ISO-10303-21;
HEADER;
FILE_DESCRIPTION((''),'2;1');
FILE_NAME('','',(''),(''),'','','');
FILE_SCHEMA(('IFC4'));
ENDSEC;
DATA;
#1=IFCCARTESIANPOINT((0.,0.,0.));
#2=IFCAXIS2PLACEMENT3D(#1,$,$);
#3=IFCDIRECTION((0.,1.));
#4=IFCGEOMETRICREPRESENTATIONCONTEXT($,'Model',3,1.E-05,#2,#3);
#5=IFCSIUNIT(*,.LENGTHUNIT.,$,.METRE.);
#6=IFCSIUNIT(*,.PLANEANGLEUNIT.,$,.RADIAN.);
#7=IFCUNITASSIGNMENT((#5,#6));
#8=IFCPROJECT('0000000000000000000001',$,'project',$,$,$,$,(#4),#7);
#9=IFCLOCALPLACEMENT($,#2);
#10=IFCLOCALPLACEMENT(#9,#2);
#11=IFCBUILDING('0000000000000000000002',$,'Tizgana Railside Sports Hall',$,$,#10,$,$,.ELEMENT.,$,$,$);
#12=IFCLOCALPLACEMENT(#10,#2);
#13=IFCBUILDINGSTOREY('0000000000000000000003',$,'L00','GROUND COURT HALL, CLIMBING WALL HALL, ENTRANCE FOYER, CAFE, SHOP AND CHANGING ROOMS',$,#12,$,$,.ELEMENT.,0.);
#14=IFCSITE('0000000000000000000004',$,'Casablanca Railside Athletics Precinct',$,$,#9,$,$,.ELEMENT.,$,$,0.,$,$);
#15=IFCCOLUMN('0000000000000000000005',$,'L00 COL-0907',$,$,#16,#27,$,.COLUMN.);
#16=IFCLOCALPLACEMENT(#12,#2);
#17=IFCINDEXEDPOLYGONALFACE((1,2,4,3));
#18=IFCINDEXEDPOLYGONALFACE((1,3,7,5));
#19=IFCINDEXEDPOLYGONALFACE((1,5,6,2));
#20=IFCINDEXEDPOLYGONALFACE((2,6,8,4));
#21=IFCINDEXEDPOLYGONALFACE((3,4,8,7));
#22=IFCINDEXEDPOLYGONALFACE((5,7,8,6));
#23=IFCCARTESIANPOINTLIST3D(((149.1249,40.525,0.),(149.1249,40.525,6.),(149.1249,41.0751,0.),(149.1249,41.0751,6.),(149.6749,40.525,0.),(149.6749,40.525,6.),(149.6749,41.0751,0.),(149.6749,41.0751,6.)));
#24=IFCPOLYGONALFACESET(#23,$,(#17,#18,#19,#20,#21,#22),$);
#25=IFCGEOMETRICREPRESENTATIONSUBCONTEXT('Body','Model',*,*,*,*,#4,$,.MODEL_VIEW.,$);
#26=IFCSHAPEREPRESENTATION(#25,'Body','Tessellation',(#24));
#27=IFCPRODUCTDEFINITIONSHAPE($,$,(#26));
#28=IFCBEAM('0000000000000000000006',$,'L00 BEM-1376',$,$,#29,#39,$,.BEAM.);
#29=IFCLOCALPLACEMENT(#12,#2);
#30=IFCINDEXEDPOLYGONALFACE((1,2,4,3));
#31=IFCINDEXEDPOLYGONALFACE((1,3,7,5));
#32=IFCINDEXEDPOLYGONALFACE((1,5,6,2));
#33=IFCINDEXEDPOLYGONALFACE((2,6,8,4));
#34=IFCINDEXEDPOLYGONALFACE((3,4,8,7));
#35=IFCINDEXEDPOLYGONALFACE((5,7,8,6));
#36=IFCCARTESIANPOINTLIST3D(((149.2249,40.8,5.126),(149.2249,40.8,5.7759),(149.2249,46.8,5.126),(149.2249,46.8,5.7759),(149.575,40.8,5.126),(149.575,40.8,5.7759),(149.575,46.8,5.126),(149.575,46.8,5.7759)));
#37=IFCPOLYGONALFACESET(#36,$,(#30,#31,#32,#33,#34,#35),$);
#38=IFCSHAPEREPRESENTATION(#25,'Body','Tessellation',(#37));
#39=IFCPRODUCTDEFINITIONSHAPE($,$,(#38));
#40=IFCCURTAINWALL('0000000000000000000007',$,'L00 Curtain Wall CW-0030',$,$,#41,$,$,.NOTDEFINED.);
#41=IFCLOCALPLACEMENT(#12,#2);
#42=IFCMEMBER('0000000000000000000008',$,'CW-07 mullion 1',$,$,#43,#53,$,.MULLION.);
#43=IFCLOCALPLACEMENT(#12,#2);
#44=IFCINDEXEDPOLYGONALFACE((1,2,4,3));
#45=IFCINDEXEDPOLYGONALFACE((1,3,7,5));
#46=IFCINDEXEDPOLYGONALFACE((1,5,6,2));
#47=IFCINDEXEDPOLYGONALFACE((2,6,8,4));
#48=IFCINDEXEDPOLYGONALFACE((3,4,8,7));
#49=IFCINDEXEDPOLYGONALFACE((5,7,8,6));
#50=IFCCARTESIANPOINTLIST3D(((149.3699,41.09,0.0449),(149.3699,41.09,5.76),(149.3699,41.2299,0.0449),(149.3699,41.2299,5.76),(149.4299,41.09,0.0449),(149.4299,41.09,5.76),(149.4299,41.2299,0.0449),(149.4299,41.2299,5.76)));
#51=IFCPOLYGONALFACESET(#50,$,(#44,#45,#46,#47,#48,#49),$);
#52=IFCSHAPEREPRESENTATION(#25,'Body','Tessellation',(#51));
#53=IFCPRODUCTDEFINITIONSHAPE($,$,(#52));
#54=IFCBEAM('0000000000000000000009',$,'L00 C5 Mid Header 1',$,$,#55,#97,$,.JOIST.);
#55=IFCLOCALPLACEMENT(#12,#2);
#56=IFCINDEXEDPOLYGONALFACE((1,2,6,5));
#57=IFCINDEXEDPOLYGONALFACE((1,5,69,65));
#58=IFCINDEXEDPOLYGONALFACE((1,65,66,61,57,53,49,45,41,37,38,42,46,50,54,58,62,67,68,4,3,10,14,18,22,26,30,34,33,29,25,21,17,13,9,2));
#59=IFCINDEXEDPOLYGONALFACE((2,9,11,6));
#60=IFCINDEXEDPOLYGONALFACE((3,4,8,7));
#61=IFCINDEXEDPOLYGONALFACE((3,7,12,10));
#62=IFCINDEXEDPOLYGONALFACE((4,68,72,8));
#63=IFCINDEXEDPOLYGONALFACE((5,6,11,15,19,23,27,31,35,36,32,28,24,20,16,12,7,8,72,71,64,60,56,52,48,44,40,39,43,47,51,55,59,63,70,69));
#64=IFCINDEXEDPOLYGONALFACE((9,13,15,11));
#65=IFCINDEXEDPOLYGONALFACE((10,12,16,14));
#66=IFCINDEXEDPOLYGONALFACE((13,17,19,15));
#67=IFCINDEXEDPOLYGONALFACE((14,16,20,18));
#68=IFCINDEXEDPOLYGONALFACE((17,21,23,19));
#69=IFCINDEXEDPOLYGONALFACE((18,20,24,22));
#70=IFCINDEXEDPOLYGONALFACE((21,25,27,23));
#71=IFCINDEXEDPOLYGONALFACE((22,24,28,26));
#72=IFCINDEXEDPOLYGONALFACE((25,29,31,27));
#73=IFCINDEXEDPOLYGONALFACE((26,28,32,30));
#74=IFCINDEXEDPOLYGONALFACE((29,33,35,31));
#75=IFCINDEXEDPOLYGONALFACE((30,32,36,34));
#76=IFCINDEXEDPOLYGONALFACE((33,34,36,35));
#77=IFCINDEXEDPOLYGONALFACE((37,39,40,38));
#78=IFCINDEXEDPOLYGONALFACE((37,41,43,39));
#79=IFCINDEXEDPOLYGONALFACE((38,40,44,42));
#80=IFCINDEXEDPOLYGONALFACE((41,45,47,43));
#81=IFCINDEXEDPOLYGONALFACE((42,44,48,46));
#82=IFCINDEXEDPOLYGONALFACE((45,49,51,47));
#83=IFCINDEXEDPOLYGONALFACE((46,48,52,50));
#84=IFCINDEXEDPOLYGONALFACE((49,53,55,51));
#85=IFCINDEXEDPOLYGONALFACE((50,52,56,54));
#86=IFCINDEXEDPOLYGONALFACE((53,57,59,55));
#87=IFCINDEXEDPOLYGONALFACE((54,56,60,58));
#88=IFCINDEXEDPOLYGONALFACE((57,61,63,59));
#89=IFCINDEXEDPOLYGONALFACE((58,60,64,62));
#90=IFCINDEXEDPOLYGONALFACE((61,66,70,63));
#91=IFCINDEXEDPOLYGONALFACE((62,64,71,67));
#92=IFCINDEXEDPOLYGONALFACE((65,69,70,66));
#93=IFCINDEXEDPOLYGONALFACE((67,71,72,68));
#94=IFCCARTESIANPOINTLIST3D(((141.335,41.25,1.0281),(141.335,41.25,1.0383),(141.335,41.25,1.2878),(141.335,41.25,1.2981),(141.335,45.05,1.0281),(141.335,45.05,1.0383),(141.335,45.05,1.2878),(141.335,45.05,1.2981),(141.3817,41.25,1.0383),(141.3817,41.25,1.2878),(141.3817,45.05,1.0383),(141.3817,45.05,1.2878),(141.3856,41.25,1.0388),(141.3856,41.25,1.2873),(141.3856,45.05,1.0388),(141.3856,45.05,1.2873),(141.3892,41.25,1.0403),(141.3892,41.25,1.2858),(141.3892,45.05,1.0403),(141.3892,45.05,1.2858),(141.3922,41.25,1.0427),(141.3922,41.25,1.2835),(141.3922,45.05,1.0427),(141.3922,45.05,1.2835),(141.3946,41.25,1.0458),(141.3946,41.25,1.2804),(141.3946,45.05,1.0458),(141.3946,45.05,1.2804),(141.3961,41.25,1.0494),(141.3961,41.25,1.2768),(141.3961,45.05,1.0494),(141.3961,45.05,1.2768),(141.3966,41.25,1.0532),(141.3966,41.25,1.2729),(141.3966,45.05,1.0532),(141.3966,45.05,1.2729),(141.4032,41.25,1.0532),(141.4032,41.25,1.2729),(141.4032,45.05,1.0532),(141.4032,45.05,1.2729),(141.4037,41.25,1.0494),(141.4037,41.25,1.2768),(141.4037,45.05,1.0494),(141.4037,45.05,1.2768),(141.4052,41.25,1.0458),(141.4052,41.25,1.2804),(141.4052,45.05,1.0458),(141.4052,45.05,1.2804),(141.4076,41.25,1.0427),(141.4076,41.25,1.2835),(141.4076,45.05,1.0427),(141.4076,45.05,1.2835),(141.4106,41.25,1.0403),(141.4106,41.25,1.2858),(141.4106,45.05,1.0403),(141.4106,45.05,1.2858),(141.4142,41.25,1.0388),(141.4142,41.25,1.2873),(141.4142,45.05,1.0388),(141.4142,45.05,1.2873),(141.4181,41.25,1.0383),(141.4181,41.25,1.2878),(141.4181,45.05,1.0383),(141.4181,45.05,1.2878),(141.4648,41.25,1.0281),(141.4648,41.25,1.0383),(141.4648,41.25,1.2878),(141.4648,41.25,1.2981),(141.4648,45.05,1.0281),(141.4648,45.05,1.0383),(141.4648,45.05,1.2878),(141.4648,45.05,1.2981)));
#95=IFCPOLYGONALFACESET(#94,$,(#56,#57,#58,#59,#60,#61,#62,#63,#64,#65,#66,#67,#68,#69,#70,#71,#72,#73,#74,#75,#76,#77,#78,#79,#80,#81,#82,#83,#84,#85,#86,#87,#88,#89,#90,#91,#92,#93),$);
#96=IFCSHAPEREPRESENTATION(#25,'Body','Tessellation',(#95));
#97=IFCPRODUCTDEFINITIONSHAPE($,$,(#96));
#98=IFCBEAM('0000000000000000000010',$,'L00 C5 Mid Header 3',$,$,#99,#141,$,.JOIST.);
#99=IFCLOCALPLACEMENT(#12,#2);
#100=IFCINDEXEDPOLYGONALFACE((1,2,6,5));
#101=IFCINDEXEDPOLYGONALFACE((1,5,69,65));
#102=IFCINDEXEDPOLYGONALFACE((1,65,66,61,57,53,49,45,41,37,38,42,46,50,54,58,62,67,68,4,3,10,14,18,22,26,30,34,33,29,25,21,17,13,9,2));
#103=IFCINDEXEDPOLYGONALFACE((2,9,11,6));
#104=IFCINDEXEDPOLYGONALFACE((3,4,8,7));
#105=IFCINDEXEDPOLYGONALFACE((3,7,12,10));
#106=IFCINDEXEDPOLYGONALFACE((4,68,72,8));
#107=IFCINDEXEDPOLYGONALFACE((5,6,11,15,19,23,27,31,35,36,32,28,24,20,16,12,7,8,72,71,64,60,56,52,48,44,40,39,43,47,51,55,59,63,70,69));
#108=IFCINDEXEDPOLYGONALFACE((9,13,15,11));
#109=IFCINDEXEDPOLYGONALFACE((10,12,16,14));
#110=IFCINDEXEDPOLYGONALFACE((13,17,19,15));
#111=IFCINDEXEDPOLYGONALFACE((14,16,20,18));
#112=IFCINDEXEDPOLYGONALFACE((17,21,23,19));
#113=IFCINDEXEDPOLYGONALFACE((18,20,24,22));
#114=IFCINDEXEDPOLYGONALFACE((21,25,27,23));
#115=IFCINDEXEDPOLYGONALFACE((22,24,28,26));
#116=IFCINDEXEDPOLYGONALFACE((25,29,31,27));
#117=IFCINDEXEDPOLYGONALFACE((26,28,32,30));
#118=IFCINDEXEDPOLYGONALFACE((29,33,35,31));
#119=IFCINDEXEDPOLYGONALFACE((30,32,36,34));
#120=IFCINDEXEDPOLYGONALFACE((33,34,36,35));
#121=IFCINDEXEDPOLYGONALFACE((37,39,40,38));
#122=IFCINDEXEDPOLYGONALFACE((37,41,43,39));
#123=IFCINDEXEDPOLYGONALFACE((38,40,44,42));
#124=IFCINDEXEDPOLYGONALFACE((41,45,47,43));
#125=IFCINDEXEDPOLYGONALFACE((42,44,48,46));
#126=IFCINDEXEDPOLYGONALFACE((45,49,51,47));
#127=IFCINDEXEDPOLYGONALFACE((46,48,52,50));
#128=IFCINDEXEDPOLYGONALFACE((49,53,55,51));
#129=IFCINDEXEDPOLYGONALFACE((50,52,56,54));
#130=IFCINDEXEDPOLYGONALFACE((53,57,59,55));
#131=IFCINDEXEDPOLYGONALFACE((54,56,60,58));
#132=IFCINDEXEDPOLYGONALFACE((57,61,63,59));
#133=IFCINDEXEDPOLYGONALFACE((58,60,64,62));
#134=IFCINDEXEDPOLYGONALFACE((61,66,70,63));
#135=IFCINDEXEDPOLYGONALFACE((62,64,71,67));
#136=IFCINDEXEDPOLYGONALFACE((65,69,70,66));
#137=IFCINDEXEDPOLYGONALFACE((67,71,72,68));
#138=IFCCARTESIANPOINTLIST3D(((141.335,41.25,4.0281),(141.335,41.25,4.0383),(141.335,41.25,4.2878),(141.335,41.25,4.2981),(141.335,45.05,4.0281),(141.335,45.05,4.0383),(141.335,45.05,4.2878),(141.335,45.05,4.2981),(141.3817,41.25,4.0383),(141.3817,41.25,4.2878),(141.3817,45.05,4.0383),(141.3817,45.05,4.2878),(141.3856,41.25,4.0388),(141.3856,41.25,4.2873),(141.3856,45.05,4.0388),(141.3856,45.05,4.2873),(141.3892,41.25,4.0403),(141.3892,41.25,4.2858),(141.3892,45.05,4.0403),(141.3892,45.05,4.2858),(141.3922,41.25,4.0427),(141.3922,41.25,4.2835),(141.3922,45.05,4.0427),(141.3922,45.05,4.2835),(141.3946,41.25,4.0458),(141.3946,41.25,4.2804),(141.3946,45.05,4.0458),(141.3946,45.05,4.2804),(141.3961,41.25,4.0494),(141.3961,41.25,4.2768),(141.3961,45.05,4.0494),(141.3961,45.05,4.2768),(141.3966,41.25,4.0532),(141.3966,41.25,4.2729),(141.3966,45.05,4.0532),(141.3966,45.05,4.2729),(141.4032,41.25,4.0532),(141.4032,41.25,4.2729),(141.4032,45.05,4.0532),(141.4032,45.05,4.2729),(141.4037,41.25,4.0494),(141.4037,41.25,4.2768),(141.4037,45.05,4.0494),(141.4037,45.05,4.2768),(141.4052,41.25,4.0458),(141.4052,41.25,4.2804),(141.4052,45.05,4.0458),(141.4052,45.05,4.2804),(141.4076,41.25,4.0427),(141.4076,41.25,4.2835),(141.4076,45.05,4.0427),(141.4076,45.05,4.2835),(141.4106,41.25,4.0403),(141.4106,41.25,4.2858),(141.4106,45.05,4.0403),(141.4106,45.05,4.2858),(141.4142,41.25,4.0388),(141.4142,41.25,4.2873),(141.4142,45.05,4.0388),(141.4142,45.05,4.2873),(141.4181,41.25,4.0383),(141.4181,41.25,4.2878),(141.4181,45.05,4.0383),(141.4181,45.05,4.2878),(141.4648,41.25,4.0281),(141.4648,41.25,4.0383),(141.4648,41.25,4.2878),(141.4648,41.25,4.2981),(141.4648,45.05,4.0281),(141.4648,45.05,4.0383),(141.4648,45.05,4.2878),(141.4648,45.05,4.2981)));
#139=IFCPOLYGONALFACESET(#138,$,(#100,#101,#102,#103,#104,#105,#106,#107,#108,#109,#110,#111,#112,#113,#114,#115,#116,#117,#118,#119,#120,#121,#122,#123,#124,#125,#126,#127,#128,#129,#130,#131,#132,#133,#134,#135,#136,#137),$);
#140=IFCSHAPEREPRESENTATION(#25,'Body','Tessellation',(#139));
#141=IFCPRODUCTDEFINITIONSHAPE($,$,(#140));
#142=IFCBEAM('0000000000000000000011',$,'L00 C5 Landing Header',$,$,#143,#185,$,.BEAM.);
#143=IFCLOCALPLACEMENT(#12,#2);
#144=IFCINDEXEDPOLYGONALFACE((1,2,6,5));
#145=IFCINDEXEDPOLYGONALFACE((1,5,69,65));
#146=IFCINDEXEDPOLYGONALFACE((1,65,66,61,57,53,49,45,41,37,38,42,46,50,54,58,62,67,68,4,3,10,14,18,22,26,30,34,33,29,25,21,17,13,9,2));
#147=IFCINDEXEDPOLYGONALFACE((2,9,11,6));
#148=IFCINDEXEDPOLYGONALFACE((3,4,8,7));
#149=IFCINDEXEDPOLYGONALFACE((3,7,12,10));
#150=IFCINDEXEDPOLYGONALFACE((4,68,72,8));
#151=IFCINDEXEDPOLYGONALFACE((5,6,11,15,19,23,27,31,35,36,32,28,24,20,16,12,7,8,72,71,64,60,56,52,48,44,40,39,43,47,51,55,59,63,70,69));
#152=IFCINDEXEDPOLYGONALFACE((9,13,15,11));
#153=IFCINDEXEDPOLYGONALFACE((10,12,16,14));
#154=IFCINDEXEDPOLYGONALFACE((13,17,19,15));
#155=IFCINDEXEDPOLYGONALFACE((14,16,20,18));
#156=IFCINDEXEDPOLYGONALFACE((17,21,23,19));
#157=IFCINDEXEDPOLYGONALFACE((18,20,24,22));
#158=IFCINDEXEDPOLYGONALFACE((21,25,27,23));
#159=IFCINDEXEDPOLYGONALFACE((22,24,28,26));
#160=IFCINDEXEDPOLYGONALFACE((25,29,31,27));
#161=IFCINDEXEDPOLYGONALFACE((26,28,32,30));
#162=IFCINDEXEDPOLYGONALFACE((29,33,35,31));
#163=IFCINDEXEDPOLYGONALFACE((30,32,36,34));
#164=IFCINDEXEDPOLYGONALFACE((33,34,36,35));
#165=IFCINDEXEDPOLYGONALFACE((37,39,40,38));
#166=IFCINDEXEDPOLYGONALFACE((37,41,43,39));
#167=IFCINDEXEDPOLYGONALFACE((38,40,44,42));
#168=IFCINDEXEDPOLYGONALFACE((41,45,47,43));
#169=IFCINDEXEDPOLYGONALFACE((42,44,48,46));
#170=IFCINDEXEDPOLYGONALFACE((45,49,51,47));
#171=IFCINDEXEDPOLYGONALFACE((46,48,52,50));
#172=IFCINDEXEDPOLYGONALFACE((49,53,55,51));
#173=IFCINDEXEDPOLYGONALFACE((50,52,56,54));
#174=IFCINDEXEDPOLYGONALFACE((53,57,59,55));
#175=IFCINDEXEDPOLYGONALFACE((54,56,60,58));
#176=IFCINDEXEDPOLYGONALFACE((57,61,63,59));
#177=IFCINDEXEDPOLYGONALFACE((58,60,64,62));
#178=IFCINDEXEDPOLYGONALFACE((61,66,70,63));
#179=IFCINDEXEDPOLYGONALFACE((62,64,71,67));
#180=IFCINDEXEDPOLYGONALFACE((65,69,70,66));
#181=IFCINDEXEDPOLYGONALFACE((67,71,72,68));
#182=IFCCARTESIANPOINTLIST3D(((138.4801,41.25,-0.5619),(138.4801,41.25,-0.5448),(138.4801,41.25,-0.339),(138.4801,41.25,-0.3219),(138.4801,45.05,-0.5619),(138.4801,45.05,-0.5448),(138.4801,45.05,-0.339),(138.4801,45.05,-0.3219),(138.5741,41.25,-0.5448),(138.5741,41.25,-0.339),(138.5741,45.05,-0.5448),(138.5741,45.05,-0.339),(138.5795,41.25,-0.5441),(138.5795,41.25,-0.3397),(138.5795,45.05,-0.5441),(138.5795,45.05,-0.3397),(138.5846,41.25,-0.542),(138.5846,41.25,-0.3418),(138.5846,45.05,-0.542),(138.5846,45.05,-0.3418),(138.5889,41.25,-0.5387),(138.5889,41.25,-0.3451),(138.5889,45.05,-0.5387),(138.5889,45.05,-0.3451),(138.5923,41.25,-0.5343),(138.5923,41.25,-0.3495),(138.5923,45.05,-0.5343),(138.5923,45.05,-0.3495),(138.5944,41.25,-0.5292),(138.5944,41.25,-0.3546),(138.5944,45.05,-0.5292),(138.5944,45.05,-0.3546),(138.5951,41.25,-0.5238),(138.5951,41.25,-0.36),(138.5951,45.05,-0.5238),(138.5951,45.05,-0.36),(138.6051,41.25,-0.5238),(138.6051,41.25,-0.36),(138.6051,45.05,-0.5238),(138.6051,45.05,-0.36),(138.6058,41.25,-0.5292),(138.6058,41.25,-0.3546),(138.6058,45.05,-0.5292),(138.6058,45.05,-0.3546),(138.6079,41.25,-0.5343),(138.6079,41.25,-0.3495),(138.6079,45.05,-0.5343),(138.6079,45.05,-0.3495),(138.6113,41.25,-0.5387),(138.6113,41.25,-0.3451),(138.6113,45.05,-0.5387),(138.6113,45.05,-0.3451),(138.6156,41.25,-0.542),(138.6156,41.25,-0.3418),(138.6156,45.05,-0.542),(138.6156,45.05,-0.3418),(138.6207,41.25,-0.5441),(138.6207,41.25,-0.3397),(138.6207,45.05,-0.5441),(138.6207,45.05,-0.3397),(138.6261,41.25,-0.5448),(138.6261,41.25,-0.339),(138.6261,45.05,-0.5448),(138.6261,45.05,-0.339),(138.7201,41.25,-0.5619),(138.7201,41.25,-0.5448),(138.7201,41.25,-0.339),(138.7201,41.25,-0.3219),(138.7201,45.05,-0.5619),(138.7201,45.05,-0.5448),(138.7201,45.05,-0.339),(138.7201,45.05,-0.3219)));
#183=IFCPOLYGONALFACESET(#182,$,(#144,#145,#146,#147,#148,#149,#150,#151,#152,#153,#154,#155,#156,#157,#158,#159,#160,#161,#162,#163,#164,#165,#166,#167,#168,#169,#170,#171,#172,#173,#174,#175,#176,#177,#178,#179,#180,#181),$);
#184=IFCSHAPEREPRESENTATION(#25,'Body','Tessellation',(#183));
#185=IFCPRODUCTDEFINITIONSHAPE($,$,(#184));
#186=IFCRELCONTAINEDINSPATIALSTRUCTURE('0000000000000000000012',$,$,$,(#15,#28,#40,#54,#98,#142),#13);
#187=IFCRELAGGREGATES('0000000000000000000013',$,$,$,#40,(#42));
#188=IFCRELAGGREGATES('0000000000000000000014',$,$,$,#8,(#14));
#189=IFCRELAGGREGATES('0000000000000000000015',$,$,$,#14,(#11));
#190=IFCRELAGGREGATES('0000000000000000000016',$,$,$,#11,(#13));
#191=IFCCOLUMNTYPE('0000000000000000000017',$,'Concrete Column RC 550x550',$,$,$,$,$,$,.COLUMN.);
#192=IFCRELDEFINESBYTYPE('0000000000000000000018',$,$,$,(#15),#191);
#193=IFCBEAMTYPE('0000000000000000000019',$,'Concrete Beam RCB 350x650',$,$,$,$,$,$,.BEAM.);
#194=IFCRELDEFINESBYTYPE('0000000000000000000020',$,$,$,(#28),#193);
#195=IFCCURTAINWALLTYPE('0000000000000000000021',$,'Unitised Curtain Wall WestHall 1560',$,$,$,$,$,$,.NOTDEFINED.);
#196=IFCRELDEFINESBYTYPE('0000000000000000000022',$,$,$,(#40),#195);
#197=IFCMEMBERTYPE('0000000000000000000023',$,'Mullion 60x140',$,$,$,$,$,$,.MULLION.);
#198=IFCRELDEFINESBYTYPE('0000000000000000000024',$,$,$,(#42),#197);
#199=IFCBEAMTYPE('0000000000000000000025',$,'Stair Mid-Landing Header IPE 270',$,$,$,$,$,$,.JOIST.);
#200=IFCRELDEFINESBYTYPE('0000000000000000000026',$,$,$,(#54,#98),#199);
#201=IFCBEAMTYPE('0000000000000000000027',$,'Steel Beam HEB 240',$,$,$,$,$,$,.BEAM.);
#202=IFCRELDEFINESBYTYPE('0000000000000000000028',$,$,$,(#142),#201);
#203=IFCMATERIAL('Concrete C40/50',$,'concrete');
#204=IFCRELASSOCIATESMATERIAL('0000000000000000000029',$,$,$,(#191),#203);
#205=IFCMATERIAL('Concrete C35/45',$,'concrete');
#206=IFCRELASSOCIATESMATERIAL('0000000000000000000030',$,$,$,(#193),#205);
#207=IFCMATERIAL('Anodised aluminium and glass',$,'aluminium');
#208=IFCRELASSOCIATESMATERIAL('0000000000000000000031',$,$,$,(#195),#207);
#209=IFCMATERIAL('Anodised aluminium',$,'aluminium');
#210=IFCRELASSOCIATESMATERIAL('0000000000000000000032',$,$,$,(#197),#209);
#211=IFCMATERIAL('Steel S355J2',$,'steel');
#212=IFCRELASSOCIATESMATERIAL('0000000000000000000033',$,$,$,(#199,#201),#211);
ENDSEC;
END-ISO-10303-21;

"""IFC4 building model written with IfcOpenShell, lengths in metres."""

from ifc_helpers import new_model, si_unit, direction, frame, origin, origin_2d, place, context, subcontext, project, spatial, rectangle, i_section, extrude, material, material_profile, profile_set, type_object, element, aggregate, save


model = new_model("IFC4")

# Units and contexts
model_context = context("Model", 3, precision=1e-05, world=origin(), true_north=direction((0.0, 1.0)))
body_context = subcontext(model_context, "Body", "Model", "MODEL_VIEW")
ifc_project = project(units=[si_unit("LENGTHUNIT", "METRE"), si_unit("PLANEANGLEUNIT", "RADIAN")], contexts=[model_context])

# Site, building, storey
site_placement = place(None, origin())
site = spatial("IfcSite", under=ifc_project, at=site_placement, Name="Casablanca Railside Athletics Precinct", CompositionType="ELEMENT", RefElevation=0.0)
building_placement = place(site_placement, origin())
building = spatial("IfcBuilding", under=site, at=building_placement, Name="Tizgana Railside Sports Hall", CompositionType="ELEMENT")
storey_placement = place(building_placement, origin())
storey = spatial("IfcBuildingStorey", under=building, at=storey_placement, Name="L00", Description="GROUND COURT HALL, CLIMBING WALL HALL, ENTRANCE FOYER, CAFE, SHOP AND CHANGING ROOMS", CompositionType="ELEMENT", Elevation=0.0)

# Column
ifc_material_1 = material(Name="Concrete C40/50", Category="concrete")
ifc_material_profile_1 = material_profile(ifc_material_1, rectangle(XDim=0.55, YDim=0.55, at=origin_2d()), Name="RC 550x550")
ifc_profile_set_1 = profile_set([ifc_material_profile_1], Name="Concrete C40/50")
column_type = type_object("IfcColumnType", Name="Concrete Column RC 550x550", PredefinedType="COLUMN", material=ifc_profile_set_1)
column_placement = place(storey_placement, frame((149.3999, 40.8, 0.0), z_axis=(0.0, 0.0, 1.0), x_axis=(1.0, 0.0, 0.0)))
element("IfcColumn", 1, at=column_placement, inside=storey, type_object=column_type, Name="L00 COL-0907", PredefinedType="COLUMN", context=body_context, shape_type="SweptSolid", body=[
    extrude(rectangle(XDim=0.55, YDim=0.55, at=origin_2d()), origin(), (0.0, 0.0, 1.0), 6.0),
])

# Beam
ifc_material_2 = material(Name="Concrete C35/45", Category="concrete")
ifc_material_profile_2 = material_profile(ifc_material_2, rectangle(XDim=0.3501, YDim=0.6499, at=origin_2d()), Name="RCB 350x650")
ifc_profile_set_2 = profile_set([ifc_material_profile_2], Name="Concrete C35/45")
beam_type_1 = type_object("IfcBeamType", Name="Concrete Beam RCB 350x650", PredefinedType="BEAM", material=ifc_profile_set_2)
beam_1_placement = place(storey_placement, frame((149.3999, 40.8, 5.4509), z_axis=(0.0, 1.0, 0.0), x_axis=(-1.0, 0.0, 0.0)))
element("IfcBeam", 2, at=beam_1_placement, inside=storey, type_object=beam_type_1, Name="L00 BEM-1376", PredefinedType="BEAM", context=body_context, shape_type="SweptSolid", body=[
    extrude(rectangle(XDim=0.3501, YDim=0.6499, at=origin_2d()), origin(), (0.0, 0.0, 1.0), 6.0),
])

# Curtain wall, member
ifc_material_3 = material(Name="Anodised aluminium and glass", Category="aluminium")
curtain_wall_type = type_object("IfcCurtainWallType", Name="Unitised Curtain Wall WestHall 1560", PredefinedType="NOTDEFINED", material=ifc_material_3)
curtain_wall_placement = place(storey_placement, origin())
curtain_wall = element("IfcCurtainWall", 3, at=curtain_wall_placement, inside=storey, type_object=curtain_wall_type, Name="L00 Curtain Wall CW-0030", PredefinedType="NOTDEFINED")
ifc_material_4 = material(Name="Anodised aluminium", Category="aluminium")
ifc_material_profile_3 = material_profile(ifc_material_4, rectangle(XDim=0.0601, YDim=0.1399, at=origin_2d()), Name="Mullion 60x140")
ifc_profile_set_3 = profile_set([ifc_material_profile_3], Name="Anodised aluminium")
member_type_1 = type_object("IfcMemberType", Name="Mullion 60x140", PredefinedType="MULLION", material=ifc_profile_set_3)
member_1_placement = place(storey_placement, frame((149.3999, 41.1599, 0.0449), z_axis=(0.0, 0.0, 1.0), x_axis=(-1.0, 0.0, 0.0)))
member_1 = element("IfcMember", 4, at=member_1_placement, type_object=member_type_1, Name="CW-07 mullion 1", PredefinedType="MULLION", context=body_context, shape_type="SweptSolid", body=[
    extrude(rectangle(XDim=0.0601, YDim=0.1399, at=origin_2d()), origin(), (0.0, 0.0, 1.0), 5.7151),
])

# Beams
ifc_material_5 = material(Name="Steel S355J2", Category="steel")
ifc_material_profile_4 = material_profile(ifc_material_5, i_section(OverallWidth=0.1299, OverallDepth=0.27, WebThickness=0.0066, FlangeThickness=0.0103, FilletRadius=0.0149, at=origin_2d()), Name="IPE 270")
ifc_profile_set_4 = profile_set([ifc_material_profile_4], Name="Steel S355J2")
beam_type_2 = type_object("IfcBeamType", Name="Stair Mid-Landing Header IPE 270", PredefinedType="JOIST", material=ifc_profile_set_4)
for number, where, z_axis, x_axis, name in (
    (5, (141.3999, 41.25, 1.1631), (0.0, 1.0, 0.0), (-1.0, 0.0, 0.0), "L00 C5 Mid Header 1"),
    (6, (141.3999, 41.25, 4.1631), (0.0, 1.0, 0.0), (-1.0, 0.0, 0.0), "L00 C5 Mid Header 3"),
):
    element("IfcBeam", number, at=place(storey_placement, frame(where, z_axis=z_axis, x_axis=x_axis)), inside=storey, type_object=beam_type_2, Name=name, PredefinedType="JOIST", context=body_context, shape_type="SweptSolid", body=[
        extrude(i_section(OverallWidth=0.1299, OverallDepth=0.27, WebThickness=0.0066, FlangeThickness=0.0103, FilletRadius=0.0149, at=origin_2d()), origin(), (0.0, 0.0, 1.0), 3.8),
    ])
ifc_material_profile_5 = material_profile(ifc_material_5, i_section(OverallWidth=0.24, OverallDepth=0.24, WebThickness=0.01, FlangeThickness=0.0171, FilletRadius=0.021, at=origin_2d()), Name="HEB 240")
ifc_profile_set_5 = profile_set([ifc_material_profile_5], Name="Steel S355J2")
beam_type_3 = type_object("IfcBeamType", Name="Steel Beam HEB 240", PredefinedType="BEAM", material=ifc_profile_set_5)
beam_2_placement = place(storey_placement, frame((138.6001, 41.25, -0.4419), z_axis=(0.0, 1.0, 0.0), x_axis=(-1.0, 0.0, 0.0)))
element("IfcBeam", 7, at=beam_2_placement, inside=storey, type_object=beam_type_3, Name="L00 C5 Landing Header", PredefinedType="BEAM", context=body_context, shape_type="SweptSolid", body=[
    extrude(i_section(OverallWidth=0.24, OverallDepth=0.24, WebThickness=0.01, FlangeThickness=0.0171, FilletRadius=0.021, at=origin_2d()), origin(), (0.0, 0.0, 1.0), 3.8),
])

aggregate(curtain_wall, [member_1])

save(model, "model.ifc")
